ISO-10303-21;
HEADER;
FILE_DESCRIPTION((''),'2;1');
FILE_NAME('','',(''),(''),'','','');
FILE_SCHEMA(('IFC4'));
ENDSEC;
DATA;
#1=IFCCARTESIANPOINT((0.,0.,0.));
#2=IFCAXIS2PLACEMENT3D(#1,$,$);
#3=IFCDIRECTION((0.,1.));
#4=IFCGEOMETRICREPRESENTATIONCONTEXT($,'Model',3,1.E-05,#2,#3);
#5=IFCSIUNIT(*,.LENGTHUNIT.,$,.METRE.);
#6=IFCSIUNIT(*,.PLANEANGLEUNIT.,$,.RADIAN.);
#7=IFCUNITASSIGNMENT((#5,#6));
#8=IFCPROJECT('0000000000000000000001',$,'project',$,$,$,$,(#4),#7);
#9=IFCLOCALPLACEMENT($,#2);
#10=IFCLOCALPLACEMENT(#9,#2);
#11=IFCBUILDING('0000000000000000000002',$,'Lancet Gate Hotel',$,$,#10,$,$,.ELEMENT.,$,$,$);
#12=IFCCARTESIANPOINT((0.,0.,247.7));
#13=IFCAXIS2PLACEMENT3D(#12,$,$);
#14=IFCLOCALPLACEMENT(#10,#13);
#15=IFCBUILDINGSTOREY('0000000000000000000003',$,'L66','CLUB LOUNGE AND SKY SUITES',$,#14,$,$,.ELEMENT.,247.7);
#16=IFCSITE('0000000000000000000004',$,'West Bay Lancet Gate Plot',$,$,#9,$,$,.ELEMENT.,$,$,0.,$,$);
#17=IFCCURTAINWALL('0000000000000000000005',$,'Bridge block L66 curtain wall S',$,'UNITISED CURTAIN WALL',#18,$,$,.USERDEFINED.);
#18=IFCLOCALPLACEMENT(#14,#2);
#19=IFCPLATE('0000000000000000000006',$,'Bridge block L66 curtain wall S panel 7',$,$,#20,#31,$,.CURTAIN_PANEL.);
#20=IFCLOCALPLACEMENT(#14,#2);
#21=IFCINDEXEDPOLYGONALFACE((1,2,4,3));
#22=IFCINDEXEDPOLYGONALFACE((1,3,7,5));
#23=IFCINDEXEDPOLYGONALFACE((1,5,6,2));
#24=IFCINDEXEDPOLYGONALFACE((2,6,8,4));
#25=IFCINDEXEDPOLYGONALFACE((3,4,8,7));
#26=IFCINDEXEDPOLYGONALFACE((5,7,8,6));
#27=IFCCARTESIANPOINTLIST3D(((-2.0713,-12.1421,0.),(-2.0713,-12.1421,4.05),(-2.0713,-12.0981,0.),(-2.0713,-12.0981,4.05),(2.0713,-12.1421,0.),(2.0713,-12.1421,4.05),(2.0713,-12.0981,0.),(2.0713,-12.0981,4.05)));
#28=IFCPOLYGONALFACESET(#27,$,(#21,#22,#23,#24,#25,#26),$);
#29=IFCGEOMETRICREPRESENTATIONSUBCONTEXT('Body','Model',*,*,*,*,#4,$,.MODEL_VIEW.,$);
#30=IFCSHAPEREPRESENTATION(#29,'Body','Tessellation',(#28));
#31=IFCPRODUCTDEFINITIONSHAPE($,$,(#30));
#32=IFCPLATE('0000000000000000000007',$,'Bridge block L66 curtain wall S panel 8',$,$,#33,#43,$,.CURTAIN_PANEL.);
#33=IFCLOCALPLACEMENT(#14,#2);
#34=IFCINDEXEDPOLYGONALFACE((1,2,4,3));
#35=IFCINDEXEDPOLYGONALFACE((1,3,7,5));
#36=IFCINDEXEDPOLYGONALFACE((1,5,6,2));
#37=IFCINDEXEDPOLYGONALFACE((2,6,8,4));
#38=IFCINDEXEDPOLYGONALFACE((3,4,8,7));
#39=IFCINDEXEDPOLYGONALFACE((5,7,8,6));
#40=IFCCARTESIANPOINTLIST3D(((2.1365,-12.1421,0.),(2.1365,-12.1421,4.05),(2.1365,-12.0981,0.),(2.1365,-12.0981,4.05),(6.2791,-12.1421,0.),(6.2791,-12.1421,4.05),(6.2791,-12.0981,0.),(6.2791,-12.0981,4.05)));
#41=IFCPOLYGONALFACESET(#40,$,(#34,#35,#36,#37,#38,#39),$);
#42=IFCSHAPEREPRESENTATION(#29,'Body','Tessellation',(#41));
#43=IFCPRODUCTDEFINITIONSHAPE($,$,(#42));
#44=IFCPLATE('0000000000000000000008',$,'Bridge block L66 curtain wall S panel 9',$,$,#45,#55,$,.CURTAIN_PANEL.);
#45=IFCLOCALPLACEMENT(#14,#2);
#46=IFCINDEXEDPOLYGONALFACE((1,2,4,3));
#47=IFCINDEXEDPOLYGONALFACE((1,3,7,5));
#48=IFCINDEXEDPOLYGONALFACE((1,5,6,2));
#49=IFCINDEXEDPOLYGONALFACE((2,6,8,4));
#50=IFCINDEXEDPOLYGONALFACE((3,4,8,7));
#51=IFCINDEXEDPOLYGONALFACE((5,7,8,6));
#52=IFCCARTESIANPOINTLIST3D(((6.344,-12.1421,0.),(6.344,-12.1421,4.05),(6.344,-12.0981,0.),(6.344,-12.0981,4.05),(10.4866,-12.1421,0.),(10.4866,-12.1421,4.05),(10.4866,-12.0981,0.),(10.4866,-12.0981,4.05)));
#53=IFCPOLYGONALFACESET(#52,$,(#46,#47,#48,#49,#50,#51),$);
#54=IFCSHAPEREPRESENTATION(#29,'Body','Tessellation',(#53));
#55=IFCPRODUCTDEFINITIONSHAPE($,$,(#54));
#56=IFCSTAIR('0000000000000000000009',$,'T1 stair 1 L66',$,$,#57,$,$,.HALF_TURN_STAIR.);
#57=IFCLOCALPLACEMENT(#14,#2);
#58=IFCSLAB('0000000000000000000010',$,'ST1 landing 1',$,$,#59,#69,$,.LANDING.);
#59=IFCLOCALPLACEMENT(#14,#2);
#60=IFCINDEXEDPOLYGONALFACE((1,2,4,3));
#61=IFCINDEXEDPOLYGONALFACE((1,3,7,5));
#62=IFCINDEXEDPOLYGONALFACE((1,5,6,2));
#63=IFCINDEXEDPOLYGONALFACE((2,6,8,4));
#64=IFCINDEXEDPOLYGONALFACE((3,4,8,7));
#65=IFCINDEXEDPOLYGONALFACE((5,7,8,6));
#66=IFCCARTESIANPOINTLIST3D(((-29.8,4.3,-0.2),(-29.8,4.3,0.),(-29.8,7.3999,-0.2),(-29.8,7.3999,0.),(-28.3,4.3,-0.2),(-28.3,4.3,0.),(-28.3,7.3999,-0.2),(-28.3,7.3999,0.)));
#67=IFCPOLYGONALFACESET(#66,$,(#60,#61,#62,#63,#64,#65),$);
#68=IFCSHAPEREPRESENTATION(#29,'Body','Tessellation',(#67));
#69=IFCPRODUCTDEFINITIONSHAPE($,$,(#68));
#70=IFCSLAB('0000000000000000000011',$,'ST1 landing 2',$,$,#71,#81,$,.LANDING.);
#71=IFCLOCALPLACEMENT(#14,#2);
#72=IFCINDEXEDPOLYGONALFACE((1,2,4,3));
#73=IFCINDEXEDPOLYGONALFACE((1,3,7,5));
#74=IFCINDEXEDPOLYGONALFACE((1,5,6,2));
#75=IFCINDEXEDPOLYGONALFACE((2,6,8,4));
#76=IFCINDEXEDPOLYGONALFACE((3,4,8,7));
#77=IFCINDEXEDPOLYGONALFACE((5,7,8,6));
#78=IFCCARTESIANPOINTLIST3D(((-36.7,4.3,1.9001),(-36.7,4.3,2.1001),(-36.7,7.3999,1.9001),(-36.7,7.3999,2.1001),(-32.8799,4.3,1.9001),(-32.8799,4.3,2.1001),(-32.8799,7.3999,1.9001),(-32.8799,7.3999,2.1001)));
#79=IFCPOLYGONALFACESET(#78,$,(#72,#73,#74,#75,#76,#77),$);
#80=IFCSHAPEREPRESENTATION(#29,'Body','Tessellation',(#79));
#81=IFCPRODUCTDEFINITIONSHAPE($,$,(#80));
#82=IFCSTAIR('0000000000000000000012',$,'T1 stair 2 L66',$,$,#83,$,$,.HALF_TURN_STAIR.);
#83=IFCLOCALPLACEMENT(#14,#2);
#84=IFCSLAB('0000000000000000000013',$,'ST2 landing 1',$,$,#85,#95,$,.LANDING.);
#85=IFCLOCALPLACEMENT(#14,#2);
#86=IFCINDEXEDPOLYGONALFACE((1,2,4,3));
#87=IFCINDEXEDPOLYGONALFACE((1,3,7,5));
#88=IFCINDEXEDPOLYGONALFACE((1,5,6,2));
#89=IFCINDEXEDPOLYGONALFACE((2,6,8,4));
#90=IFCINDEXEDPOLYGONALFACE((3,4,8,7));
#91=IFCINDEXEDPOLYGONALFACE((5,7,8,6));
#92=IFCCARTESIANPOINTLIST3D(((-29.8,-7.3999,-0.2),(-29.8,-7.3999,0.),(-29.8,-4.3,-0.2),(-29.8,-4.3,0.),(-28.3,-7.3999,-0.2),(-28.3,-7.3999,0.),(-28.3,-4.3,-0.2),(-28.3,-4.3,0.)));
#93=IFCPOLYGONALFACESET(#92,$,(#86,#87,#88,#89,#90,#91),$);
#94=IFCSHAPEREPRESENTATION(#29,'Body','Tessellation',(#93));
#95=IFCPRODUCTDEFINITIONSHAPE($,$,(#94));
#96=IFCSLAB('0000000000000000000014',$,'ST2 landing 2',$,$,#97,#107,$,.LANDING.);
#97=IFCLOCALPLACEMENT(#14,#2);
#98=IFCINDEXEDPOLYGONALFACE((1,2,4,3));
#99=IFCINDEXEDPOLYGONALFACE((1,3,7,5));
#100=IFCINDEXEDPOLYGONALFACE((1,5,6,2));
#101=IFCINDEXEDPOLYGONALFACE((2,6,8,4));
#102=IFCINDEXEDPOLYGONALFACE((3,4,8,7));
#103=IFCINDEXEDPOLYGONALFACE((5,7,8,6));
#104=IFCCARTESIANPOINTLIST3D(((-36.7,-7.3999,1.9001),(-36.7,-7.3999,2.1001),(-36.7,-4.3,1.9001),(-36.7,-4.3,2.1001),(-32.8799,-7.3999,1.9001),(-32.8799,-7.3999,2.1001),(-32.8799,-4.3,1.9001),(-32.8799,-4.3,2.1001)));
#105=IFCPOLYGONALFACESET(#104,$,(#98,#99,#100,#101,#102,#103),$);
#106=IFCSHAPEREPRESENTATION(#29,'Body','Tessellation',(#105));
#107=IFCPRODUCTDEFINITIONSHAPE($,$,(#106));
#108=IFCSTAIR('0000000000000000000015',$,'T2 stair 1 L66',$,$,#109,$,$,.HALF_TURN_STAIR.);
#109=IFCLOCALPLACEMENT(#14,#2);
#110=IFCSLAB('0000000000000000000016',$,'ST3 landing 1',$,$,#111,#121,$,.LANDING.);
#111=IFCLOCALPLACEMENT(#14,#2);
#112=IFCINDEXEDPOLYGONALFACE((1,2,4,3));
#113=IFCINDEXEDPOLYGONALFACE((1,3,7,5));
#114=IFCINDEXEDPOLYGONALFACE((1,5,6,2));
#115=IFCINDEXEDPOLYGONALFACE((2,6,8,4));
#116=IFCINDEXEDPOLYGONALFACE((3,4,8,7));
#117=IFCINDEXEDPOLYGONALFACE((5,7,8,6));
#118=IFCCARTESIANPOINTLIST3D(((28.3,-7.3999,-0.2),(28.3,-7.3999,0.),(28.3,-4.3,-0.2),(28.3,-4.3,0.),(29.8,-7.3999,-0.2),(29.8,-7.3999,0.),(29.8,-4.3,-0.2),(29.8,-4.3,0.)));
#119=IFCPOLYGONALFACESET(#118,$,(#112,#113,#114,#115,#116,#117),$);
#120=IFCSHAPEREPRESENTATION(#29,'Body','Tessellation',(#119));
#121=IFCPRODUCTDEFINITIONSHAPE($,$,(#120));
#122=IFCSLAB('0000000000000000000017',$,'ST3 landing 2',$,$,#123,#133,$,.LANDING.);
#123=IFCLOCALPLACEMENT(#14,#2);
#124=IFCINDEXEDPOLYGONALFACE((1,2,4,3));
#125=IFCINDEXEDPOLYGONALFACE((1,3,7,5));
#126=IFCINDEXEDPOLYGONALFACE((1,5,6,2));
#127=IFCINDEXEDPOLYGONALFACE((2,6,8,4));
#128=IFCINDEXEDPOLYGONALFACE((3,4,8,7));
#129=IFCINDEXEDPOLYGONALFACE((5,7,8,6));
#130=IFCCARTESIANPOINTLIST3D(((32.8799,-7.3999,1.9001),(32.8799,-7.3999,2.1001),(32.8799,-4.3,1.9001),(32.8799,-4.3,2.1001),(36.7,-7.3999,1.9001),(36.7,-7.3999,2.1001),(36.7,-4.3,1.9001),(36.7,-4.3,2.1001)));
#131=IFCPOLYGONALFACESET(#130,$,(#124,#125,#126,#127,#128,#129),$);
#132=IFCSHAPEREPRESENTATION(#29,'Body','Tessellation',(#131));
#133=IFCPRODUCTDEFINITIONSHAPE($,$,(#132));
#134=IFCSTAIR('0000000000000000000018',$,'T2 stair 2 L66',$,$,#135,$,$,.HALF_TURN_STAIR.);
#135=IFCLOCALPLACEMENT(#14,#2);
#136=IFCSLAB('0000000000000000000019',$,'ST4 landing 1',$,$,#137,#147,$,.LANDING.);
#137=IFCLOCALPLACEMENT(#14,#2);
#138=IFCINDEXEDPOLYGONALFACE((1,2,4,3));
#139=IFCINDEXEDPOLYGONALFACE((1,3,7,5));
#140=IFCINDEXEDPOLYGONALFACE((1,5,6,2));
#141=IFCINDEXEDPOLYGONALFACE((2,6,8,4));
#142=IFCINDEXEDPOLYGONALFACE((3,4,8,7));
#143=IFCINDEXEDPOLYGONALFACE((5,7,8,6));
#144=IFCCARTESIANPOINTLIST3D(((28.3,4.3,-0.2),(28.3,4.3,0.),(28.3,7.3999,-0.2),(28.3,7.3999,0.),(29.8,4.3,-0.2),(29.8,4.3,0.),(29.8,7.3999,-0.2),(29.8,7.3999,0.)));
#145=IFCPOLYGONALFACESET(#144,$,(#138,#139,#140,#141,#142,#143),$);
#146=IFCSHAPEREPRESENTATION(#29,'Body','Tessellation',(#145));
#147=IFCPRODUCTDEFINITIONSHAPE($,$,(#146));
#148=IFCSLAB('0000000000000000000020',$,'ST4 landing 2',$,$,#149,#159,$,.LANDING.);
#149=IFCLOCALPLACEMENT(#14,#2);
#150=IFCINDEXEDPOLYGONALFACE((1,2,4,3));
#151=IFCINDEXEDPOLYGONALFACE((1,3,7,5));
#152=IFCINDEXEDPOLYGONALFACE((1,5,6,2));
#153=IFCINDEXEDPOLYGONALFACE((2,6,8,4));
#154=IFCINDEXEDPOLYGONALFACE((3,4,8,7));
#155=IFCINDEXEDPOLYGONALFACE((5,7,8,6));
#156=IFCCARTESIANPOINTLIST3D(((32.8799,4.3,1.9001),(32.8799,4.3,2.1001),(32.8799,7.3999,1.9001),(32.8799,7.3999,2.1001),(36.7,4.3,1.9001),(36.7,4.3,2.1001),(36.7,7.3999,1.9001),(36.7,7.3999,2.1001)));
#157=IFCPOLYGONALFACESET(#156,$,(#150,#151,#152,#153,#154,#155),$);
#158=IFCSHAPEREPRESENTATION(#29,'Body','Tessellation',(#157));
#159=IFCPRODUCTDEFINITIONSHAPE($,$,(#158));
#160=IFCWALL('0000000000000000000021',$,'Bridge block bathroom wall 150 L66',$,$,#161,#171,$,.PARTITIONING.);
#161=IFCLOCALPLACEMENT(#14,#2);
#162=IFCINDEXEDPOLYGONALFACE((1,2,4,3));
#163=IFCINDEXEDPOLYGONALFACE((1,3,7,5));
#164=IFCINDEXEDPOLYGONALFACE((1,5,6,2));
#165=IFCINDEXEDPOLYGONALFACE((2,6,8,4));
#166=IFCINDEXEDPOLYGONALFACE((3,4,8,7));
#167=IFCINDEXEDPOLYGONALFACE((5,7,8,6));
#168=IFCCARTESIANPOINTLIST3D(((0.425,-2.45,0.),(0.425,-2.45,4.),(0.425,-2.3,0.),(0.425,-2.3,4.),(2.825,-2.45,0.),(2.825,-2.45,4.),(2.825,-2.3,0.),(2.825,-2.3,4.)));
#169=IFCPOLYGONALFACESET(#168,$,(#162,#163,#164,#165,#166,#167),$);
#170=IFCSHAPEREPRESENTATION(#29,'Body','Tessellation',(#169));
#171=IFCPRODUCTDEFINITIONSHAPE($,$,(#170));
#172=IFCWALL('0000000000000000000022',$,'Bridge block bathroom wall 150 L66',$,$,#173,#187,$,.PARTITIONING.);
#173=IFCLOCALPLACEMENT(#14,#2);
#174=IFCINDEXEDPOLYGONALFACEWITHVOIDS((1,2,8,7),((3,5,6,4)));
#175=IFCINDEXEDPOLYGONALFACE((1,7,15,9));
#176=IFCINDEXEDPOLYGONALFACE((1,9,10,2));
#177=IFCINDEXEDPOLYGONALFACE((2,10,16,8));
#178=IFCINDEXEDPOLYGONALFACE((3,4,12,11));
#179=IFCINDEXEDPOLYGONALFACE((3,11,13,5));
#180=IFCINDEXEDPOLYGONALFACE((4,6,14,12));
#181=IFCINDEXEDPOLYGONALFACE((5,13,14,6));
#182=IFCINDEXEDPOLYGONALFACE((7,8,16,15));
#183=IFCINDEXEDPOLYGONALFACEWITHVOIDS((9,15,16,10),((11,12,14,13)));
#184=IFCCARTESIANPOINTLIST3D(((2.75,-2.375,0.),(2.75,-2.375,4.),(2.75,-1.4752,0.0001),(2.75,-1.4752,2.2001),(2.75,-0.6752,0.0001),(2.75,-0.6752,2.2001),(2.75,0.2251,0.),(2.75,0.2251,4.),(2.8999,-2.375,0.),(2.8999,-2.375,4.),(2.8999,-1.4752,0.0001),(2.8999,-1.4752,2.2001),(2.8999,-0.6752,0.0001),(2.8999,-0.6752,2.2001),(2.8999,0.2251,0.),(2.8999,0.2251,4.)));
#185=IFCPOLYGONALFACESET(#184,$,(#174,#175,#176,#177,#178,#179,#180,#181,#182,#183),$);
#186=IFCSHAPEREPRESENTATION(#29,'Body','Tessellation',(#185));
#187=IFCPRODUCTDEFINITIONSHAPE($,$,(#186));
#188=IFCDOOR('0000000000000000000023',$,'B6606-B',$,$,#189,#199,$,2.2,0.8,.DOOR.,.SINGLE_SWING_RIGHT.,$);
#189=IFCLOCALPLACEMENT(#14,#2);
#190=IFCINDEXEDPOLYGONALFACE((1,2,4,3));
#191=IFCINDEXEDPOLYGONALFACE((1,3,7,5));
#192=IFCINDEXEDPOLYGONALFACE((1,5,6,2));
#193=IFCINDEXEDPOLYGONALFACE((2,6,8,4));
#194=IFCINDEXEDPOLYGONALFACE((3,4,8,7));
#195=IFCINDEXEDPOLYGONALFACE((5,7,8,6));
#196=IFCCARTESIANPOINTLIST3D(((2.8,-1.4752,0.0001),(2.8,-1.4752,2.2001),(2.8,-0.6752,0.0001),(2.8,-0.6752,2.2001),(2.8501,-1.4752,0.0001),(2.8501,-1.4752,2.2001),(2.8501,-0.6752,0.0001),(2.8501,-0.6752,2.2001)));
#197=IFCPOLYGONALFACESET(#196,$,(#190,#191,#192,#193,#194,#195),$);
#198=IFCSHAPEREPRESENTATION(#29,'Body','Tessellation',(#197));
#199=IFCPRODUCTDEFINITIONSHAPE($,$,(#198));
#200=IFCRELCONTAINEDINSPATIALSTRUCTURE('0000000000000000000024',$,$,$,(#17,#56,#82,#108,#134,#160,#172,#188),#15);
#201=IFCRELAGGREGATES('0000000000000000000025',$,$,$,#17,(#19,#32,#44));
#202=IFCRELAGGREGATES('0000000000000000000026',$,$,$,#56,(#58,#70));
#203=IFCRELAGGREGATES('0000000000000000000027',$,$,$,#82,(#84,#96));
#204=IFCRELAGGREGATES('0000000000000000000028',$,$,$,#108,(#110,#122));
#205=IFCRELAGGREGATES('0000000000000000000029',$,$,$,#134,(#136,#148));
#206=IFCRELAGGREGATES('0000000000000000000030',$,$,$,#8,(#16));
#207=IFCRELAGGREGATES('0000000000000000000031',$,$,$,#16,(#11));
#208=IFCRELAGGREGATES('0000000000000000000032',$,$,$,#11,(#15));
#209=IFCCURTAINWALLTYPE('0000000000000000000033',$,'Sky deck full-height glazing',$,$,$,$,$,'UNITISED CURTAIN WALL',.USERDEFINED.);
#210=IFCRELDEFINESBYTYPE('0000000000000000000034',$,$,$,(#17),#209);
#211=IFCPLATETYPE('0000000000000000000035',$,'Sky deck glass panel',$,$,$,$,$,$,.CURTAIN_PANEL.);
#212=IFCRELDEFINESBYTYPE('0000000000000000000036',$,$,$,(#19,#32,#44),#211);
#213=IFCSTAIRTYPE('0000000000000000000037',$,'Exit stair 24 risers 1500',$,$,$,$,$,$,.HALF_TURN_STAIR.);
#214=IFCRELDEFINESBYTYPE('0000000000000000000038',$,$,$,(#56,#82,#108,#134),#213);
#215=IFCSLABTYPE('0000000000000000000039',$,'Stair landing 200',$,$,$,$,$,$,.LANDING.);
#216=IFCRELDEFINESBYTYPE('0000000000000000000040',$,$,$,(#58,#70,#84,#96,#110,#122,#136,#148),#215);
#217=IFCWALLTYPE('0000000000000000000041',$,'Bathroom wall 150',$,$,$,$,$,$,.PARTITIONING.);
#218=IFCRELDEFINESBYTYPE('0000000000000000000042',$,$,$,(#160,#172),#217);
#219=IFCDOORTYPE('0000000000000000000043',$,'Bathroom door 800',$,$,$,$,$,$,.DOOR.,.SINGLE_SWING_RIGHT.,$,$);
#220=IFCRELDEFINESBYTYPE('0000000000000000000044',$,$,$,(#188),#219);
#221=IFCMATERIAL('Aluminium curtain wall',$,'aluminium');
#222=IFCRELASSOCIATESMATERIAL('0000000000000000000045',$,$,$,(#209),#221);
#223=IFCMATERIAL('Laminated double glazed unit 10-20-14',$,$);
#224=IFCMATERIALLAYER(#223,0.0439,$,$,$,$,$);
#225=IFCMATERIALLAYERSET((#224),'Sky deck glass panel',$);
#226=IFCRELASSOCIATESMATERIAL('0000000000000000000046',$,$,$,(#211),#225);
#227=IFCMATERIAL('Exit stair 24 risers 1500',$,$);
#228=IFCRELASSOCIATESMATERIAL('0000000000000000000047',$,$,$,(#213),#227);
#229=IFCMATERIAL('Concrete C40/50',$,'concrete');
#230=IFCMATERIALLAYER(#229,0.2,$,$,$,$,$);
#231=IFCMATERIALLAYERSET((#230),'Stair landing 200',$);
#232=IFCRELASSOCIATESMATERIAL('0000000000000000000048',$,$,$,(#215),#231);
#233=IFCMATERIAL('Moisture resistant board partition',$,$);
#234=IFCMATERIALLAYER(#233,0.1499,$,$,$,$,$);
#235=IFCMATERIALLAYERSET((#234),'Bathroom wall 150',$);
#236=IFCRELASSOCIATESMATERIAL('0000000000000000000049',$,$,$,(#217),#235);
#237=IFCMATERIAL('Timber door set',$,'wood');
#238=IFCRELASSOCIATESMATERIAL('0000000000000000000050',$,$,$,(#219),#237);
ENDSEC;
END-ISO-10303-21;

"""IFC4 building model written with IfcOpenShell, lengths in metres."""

from ifc_helpers import new_model, si_unit, direction, frame, frame_2d, origin, origin_2d, place, context, subcontext, project, spatial, polyline, rectangle, outline, extrude, material, layer, layer_set, type_object, element, fill, aggregate, save


model = new_model("IFC4")

# Units and contexts
model_context = context("Model", 3, precision=1e-05, world=origin(), true_north=direction((0.0, 1.0)))
body_context = subcontext(model_context, "Body", "Model", "MODEL_VIEW")
ifc_project = project(units=[si_unit("LENGTHUNIT", "METRE"), si_unit("PLANEANGLEUNIT", "RADIAN")], contexts=[model_context])

# Site, building, storey
site_placement = place(None, origin())
site = spatial("IfcSite", under=ifc_project, at=site_placement, Name="West Bay Lancet Gate Plot", CompositionType="ELEMENT", RefElevation=0.0)
building_placement = place(site_placement, origin())
building = spatial("IfcBuilding", under=site, at=building_placement, Name="Lancet Gate Hotel", CompositionType="ELEMENT")
storey_placement = place(building_placement, frame((0.0, 0.0, 247.7)))
storey = spatial("IfcBuildingStorey", under=building, at=storey_placement, Name="L66", Description="CLUB LOUNGE AND SKY SUITES", CompositionType="ELEMENT", Elevation=247.7)

# Curtain wall
ifc_material_1 = material(Name="Aluminium curtain wall", Category="aluminium")
curtain_wall_type = type_object("IfcCurtainWallType", Name="Sky deck full-height glazing", ElementType="UNITISED CURTAIN WALL", PredefinedType="USERDEFINED", material=ifc_material_1)
curtain_wall_placement = place(storey_placement, origin())
curtain_wall = element("IfcCurtainWall", 1, at=curtain_wall_placement, inside=storey, type_object=curtain_wall_type, Name="Bridge block L66 curtain wall S", ObjectType="UNITISED CURTAIN WALL", PredefinedType="USERDEFINED")

# Plates
ifc_material_2 = material(Name="Laminated double glazed unit 10-20-14")
ifc_layer_1 = layer(ifc_material_2, 0.0439)
ifc_layer_set_1 = layer_set([ifc_layer_1], Name="Sky deck glass panel")
plate_type_1 = type_object("IfcPlateType", Name="Sky deck glass panel", PredefinedType="CURTAIN_PANEL", material=ifc_layer_set_1)
plate_1_placement = place(storey_placement, frame((0.0, -12.1201, 0.0), z_axis=(0.0, 0.0, 1.0), x_axis=(1.0, 0.0, 0.0)))
plate_1 = element("IfcPlate", 2, at=plate_1_placement, type_object=plate_type_1, Name="Bridge block L66 curtain wall S panel 7", PredefinedType="CURTAIN_PANEL", context=body_context, shape_type="SweptSolid", body=[
    extrude(rectangle(XDim=4.1426, YDim=0.0439, at=origin_2d()), origin(), (0.0, 0.0, 1.0), 4.05),
])
plate_2_placement = place(storey_placement, frame((4.2078, -12.1201, 0.0), z_axis=(0.0, 0.0, 1.0), x_axis=(1.0, 0.0, 0.0)))
plate_2 = element("IfcPlate", 3, at=plate_2_placement, type_object=plate_type_1, Name="Bridge block L66 curtain wall S panel 8", PredefinedType="CURTAIN_PANEL", context=body_context, shape_type="SweptSolid", body=[
    extrude(rectangle(XDim=4.1426, YDim=0.0439, at=origin_2d()), origin(), (0.0, 0.0, 1.0), 4.05),
])
plate_3_placement = place(storey_placement, frame((8.4153, -12.1201, 0.0), z_axis=(0.0, 0.0, 1.0), x_axis=(1.0, 0.0, 0.0)))
plate_3 = element("IfcPlate", 4, at=plate_3_placement, type_object=plate_type_1, Name="Bridge block L66 curtain wall S panel 9", PredefinedType="CURTAIN_PANEL", context=body_context, shape_type="SweptSolid", body=[
    extrude(rectangle(XDim=4.1426, YDim=0.0439, at=origin_2d()), origin(), (0.0, 0.0, 1.0), 4.05),
])
aggregate(curtain_wall, [plate_1, plate_2, plate_3])

# Stairs, slabs
ifc_material_3 = material(Name="Exit stair 24 risers 1500")
stair_type = type_object("IfcStairType", Name="Exit stair 24 risers 1500", PredefinedType="HALF_TURN_STAIR", material=ifc_material_3)
stair_1_placement = place(storey_placement, origin())
stair_1 = element("IfcStair", 5, at=stair_1_placement, inside=storey, type_object=stair_type, Name="T1 stair 1 L66", PredefinedType="HALF_TURN_STAIR")
ifc_material_4 = material(Name="Concrete C40/50", Category="concrete")
ifc_layer_2 = layer(ifc_material_4, 0.2)
ifc_layer_set_2 = layer_set([ifc_layer_2], Name="Stair landing 200")
slab_type = type_object("IfcSlabType", Name="Stair landing 200", PredefinedType="LANDING", material=ifc_layer_set_2)
slab_1_placement = place(storey_placement, frame((0.0, 0.0, -0.2)))
slab_1 = element("IfcSlab", 6, at=slab_1_placement, type_object=slab_type, Name="ST1 landing 1", PredefinedType="LANDING", context=body_context, shape_type="SweptSolid", body=[
    extrude(outline(polyline([(-28.3, 7.3999), (-29.8, 7.3999), (-29.8, 4.3), (-28.3, 4.3), (-28.3, 7.3999)])), origin(), (0.0, 0.0, 1.0), 0.2),
])
slab_2_placement = place(storey_placement, frame((0.0, 0.0, 1.9001)))
slab_2 = element("IfcSlab", 7, at=slab_2_placement, type_object=slab_type, Name="ST1 landing 2", PredefinedType="LANDING", context=body_context, shape_type="SweptSolid", body=[
    extrude(outline(polyline([(-32.8799, 7.3999), (-36.7, 7.3999), (-36.7, 4.3), (-32.8799, 4.3), (-32.8799, 7.3999)])), origin(), (0.0, 0.0, 1.0), 0.2),
])
aggregate(stair_1, [slab_1, slab_2])
stair_2_placement = place(storey_placement, origin())
stair_2 = element("IfcStair", 8, at=stair_2_placement, inside=storey, type_object=stair_type, Name="T1 stair 2 L66", PredefinedType="HALF_TURN_STAIR")
slab_3_placement = place(storey_placement, frame((0.0, 0.0, -0.2)))
slab_3 = element("IfcSlab", 9, at=slab_3_placement, type_object=slab_type, Name="ST2 landing 1", PredefinedType="LANDING", context=body_context, shape_type="SweptSolid", body=[
    extrude(outline(polyline([(-28.3, -4.3), (-29.8, -4.3), (-29.8, -7.3999), (-28.3, -7.3999), (-28.3, -4.3)])), origin(), (0.0, 0.0, 1.0), 0.2),
])
slab_4_placement = place(storey_placement, frame((0.0, 0.0, 1.9001)))
slab_4 = element("IfcSlab", 10, at=slab_4_placement, type_object=slab_type, Name="ST2 landing 2", PredefinedType="LANDING", context=body_context, shape_type="SweptSolid", body=[
    extrude(outline(polyline([(-32.8799, -4.3), (-36.7, -4.3), (-36.7, -7.3999), (-32.8799, -7.3999), (-32.8799, -4.3)])), origin(), (0.0, 0.0, 1.0), 0.2),
])
aggregate(stair_2, [slab_3, slab_4])
stair_3_placement = place(storey_placement, origin())
stair_3 = element("IfcStair", 11, at=stair_3_placement, inside=storey, type_object=stair_type, Name="T2 stair 1 L66", PredefinedType="HALF_TURN_STAIR")
slab_5_placement = place(storey_placement, frame((0.0, 0.0, -0.2)))
slab_5 = element("IfcSlab", 12, at=slab_5_placement, type_object=slab_type, Name="ST3 landing 1", PredefinedType="LANDING", context=body_context, shape_type="SweptSolid", body=[
    extrude(outline(polyline([(28.3, -7.3999), (29.8, -7.3999), (29.8, -4.3), (28.3, -4.3), (28.3, -7.3999)])), origin(), (0.0, 0.0, 1.0), 0.2),
])
slab_6_placement = place(storey_placement, frame((0.0, 0.0, 1.9001)))
slab_6 = element("IfcSlab", 13, at=slab_6_placement, type_object=slab_type, Name="ST3 landing 2", PredefinedType="LANDING", context=body_context, shape_type="SweptSolid", body=[
    extrude(outline(polyline([(32.8799, -7.3999), (36.7, -7.3999), (36.7, -4.3), (32.8799, -4.3), (32.8799, -7.3999)])), origin(), (0.0, 0.0, 1.0), 0.2),
])
aggregate(stair_3, [slab_5, slab_6])
stair_4_placement = place(storey_placement, origin())
stair_4 = element("IfcStair", 14, at=stair_4_placement, inside=storey, type_object=stair_type, Name="T2 stair 2 L66", PredefinedType="HALF_TURN_STAIR")
slab_7_placement = place(storey_placement, frame((0.0, 0.0, -0.2)))
slab_7 = element("IfcSlab", 15, at=slab_7_placement, type_object=slab_type, Name="ST4 landing 1", PredefinedType="LANDING", context=body_context, shape_type="SweptSolid", body=[
    extrude(outline(polyline([(28.3, 4.3), (29.8, 4.3), (29.8, 7.3999), (28.3, 7.3999), (28.3, 4.3)])), origin(), (0.0, 0.0, 1.0), 0.2),
])
slab_8_placement = place(storey_placement, frame((0.0, 0.0, 1.9001)))
slab_8 = element("IfcSlab", 16, at=slab_8_placement, type_object=slab_type, Name="ST4 landing 2", PredefinedType="LANDING", context=body_context, shape_type="SweptSolid", body=[
    extrude(outline(polyline([(32.8799, 4.3), (36.7, 4.3), (36.7, 7.3999), (32.8799, 7.3999), (32.8799, 4.3)])), origin(), (0.0, 0.0, 1.0), 0.2),
])
aggregate(stair_4, [slab_7, slab_8])

# Wall
ifc_material_5 = material(Name="Moisture resistant board partition")
ifc_layer_3 = layer(ifc_material_5, 0.1499)
ifc_layer_set_3 = layer_set([ifc_layer_3], Name="Bathroom wall 150")
wall_type_1 = type_object("IfcWallType", Name="Bathroom wall 150", PredefinedType="PARTITIONING", material=ifc_layer_set_3)
wall_1_placement = place(storey_placement, frame((0.425, -2.375, 0.0), z_axis=(0.0, 0.0, 1.0), x_axis=(1.0, 0.0, 0.0)))
element("IfcWall", 17, at=wall_1_placement, inside=storey, type_object=wall_type_1, Name="Bridge block bathroom wall 150 L66", PredefinedType="PARTITIONING", context=body_context, shape_type="SweptSolid", body=[
    extrude(rectangle(XDim=2.3999, YDim=0.1499, at=frame_2d((1.2, 0.0))), origin(), (0.0, 0.0, 1.0), 4.0),
])

# Wall, opening, door
wall_2_placement = place(storey_placement, frame((2.825, -2.375, 0.0), z_axis=(0.0, 0.0, 1.0), x_axis=(0.0, 1.0, 0.0)))
wall_2 = element("IfcWall", 18, at=wall_2_placement, inside=storey, type_object=wall_type_1, Name="Bridge block bathroom wall 150 L66", PredefinedType="PARTITIONING", context=body_context, shape_type="SweptSolid", body=[
    extrude(rectangle(XDim=2.6001, YDim=0.1499, at=frame_2d((1.3, 0.0))), origin(), (0.0, 0.0, 1.0), 4.0),
])
opening_placement = place(wall_2_placement, frame((0.8999, 0.0, 0.0)))
opening = element("IfcOpeningElement", 19, at=opening_placement, cuts=wall_2, PredefinedType="OPENING", context=body_context, shape_type="SweptSolid", body=[
    extrude(rectangle(XDim=0.8, YDim=2.2, at=frame_2d((0.3999, 1.1001))), frame((0.0, 0.085, 0.0), z_axis=(0.0, -1.0, 0.0), x_axis=(1.0, 0.0, 0.0)), (0.0, 0.0, 1.0), 0.1699),
])
ifc_material_6 = material(Name="Timber door set", Category="wood")
door_type = type_object("IfcDoorType", Name="Bathroom door 800", OperationType="SINGLE_SWING_RIGHT", PredefinedType="DOOR", material=ifc_material_6)
door_placement = place(opening_placement, origin())
door = element("IfcDoor", 20, at=door_placement, inside=storey, type_object=door_type, Name="B6606-B", OperationType="SINGLE_SWING_RIGHT", OverallHeight=2.2, OverallWidth=0.8, PredefinedType="DOOR", context=body_context, shape_type="SweptSolid", body=[
    extrude(rectangle(XDim=0.8, YDim=2.2, at=frame_2d((0.3999, 1.1001))), frame((0.0, 0.0249, 0.0), z_axis=(0.0, -1.0, 0.0), x_axis=(1.0, 0.0, 0.0)), (0.0, 0.0, 1.0), 0.05),
])
fill(opening, door)

save(model, "model.ifc")
